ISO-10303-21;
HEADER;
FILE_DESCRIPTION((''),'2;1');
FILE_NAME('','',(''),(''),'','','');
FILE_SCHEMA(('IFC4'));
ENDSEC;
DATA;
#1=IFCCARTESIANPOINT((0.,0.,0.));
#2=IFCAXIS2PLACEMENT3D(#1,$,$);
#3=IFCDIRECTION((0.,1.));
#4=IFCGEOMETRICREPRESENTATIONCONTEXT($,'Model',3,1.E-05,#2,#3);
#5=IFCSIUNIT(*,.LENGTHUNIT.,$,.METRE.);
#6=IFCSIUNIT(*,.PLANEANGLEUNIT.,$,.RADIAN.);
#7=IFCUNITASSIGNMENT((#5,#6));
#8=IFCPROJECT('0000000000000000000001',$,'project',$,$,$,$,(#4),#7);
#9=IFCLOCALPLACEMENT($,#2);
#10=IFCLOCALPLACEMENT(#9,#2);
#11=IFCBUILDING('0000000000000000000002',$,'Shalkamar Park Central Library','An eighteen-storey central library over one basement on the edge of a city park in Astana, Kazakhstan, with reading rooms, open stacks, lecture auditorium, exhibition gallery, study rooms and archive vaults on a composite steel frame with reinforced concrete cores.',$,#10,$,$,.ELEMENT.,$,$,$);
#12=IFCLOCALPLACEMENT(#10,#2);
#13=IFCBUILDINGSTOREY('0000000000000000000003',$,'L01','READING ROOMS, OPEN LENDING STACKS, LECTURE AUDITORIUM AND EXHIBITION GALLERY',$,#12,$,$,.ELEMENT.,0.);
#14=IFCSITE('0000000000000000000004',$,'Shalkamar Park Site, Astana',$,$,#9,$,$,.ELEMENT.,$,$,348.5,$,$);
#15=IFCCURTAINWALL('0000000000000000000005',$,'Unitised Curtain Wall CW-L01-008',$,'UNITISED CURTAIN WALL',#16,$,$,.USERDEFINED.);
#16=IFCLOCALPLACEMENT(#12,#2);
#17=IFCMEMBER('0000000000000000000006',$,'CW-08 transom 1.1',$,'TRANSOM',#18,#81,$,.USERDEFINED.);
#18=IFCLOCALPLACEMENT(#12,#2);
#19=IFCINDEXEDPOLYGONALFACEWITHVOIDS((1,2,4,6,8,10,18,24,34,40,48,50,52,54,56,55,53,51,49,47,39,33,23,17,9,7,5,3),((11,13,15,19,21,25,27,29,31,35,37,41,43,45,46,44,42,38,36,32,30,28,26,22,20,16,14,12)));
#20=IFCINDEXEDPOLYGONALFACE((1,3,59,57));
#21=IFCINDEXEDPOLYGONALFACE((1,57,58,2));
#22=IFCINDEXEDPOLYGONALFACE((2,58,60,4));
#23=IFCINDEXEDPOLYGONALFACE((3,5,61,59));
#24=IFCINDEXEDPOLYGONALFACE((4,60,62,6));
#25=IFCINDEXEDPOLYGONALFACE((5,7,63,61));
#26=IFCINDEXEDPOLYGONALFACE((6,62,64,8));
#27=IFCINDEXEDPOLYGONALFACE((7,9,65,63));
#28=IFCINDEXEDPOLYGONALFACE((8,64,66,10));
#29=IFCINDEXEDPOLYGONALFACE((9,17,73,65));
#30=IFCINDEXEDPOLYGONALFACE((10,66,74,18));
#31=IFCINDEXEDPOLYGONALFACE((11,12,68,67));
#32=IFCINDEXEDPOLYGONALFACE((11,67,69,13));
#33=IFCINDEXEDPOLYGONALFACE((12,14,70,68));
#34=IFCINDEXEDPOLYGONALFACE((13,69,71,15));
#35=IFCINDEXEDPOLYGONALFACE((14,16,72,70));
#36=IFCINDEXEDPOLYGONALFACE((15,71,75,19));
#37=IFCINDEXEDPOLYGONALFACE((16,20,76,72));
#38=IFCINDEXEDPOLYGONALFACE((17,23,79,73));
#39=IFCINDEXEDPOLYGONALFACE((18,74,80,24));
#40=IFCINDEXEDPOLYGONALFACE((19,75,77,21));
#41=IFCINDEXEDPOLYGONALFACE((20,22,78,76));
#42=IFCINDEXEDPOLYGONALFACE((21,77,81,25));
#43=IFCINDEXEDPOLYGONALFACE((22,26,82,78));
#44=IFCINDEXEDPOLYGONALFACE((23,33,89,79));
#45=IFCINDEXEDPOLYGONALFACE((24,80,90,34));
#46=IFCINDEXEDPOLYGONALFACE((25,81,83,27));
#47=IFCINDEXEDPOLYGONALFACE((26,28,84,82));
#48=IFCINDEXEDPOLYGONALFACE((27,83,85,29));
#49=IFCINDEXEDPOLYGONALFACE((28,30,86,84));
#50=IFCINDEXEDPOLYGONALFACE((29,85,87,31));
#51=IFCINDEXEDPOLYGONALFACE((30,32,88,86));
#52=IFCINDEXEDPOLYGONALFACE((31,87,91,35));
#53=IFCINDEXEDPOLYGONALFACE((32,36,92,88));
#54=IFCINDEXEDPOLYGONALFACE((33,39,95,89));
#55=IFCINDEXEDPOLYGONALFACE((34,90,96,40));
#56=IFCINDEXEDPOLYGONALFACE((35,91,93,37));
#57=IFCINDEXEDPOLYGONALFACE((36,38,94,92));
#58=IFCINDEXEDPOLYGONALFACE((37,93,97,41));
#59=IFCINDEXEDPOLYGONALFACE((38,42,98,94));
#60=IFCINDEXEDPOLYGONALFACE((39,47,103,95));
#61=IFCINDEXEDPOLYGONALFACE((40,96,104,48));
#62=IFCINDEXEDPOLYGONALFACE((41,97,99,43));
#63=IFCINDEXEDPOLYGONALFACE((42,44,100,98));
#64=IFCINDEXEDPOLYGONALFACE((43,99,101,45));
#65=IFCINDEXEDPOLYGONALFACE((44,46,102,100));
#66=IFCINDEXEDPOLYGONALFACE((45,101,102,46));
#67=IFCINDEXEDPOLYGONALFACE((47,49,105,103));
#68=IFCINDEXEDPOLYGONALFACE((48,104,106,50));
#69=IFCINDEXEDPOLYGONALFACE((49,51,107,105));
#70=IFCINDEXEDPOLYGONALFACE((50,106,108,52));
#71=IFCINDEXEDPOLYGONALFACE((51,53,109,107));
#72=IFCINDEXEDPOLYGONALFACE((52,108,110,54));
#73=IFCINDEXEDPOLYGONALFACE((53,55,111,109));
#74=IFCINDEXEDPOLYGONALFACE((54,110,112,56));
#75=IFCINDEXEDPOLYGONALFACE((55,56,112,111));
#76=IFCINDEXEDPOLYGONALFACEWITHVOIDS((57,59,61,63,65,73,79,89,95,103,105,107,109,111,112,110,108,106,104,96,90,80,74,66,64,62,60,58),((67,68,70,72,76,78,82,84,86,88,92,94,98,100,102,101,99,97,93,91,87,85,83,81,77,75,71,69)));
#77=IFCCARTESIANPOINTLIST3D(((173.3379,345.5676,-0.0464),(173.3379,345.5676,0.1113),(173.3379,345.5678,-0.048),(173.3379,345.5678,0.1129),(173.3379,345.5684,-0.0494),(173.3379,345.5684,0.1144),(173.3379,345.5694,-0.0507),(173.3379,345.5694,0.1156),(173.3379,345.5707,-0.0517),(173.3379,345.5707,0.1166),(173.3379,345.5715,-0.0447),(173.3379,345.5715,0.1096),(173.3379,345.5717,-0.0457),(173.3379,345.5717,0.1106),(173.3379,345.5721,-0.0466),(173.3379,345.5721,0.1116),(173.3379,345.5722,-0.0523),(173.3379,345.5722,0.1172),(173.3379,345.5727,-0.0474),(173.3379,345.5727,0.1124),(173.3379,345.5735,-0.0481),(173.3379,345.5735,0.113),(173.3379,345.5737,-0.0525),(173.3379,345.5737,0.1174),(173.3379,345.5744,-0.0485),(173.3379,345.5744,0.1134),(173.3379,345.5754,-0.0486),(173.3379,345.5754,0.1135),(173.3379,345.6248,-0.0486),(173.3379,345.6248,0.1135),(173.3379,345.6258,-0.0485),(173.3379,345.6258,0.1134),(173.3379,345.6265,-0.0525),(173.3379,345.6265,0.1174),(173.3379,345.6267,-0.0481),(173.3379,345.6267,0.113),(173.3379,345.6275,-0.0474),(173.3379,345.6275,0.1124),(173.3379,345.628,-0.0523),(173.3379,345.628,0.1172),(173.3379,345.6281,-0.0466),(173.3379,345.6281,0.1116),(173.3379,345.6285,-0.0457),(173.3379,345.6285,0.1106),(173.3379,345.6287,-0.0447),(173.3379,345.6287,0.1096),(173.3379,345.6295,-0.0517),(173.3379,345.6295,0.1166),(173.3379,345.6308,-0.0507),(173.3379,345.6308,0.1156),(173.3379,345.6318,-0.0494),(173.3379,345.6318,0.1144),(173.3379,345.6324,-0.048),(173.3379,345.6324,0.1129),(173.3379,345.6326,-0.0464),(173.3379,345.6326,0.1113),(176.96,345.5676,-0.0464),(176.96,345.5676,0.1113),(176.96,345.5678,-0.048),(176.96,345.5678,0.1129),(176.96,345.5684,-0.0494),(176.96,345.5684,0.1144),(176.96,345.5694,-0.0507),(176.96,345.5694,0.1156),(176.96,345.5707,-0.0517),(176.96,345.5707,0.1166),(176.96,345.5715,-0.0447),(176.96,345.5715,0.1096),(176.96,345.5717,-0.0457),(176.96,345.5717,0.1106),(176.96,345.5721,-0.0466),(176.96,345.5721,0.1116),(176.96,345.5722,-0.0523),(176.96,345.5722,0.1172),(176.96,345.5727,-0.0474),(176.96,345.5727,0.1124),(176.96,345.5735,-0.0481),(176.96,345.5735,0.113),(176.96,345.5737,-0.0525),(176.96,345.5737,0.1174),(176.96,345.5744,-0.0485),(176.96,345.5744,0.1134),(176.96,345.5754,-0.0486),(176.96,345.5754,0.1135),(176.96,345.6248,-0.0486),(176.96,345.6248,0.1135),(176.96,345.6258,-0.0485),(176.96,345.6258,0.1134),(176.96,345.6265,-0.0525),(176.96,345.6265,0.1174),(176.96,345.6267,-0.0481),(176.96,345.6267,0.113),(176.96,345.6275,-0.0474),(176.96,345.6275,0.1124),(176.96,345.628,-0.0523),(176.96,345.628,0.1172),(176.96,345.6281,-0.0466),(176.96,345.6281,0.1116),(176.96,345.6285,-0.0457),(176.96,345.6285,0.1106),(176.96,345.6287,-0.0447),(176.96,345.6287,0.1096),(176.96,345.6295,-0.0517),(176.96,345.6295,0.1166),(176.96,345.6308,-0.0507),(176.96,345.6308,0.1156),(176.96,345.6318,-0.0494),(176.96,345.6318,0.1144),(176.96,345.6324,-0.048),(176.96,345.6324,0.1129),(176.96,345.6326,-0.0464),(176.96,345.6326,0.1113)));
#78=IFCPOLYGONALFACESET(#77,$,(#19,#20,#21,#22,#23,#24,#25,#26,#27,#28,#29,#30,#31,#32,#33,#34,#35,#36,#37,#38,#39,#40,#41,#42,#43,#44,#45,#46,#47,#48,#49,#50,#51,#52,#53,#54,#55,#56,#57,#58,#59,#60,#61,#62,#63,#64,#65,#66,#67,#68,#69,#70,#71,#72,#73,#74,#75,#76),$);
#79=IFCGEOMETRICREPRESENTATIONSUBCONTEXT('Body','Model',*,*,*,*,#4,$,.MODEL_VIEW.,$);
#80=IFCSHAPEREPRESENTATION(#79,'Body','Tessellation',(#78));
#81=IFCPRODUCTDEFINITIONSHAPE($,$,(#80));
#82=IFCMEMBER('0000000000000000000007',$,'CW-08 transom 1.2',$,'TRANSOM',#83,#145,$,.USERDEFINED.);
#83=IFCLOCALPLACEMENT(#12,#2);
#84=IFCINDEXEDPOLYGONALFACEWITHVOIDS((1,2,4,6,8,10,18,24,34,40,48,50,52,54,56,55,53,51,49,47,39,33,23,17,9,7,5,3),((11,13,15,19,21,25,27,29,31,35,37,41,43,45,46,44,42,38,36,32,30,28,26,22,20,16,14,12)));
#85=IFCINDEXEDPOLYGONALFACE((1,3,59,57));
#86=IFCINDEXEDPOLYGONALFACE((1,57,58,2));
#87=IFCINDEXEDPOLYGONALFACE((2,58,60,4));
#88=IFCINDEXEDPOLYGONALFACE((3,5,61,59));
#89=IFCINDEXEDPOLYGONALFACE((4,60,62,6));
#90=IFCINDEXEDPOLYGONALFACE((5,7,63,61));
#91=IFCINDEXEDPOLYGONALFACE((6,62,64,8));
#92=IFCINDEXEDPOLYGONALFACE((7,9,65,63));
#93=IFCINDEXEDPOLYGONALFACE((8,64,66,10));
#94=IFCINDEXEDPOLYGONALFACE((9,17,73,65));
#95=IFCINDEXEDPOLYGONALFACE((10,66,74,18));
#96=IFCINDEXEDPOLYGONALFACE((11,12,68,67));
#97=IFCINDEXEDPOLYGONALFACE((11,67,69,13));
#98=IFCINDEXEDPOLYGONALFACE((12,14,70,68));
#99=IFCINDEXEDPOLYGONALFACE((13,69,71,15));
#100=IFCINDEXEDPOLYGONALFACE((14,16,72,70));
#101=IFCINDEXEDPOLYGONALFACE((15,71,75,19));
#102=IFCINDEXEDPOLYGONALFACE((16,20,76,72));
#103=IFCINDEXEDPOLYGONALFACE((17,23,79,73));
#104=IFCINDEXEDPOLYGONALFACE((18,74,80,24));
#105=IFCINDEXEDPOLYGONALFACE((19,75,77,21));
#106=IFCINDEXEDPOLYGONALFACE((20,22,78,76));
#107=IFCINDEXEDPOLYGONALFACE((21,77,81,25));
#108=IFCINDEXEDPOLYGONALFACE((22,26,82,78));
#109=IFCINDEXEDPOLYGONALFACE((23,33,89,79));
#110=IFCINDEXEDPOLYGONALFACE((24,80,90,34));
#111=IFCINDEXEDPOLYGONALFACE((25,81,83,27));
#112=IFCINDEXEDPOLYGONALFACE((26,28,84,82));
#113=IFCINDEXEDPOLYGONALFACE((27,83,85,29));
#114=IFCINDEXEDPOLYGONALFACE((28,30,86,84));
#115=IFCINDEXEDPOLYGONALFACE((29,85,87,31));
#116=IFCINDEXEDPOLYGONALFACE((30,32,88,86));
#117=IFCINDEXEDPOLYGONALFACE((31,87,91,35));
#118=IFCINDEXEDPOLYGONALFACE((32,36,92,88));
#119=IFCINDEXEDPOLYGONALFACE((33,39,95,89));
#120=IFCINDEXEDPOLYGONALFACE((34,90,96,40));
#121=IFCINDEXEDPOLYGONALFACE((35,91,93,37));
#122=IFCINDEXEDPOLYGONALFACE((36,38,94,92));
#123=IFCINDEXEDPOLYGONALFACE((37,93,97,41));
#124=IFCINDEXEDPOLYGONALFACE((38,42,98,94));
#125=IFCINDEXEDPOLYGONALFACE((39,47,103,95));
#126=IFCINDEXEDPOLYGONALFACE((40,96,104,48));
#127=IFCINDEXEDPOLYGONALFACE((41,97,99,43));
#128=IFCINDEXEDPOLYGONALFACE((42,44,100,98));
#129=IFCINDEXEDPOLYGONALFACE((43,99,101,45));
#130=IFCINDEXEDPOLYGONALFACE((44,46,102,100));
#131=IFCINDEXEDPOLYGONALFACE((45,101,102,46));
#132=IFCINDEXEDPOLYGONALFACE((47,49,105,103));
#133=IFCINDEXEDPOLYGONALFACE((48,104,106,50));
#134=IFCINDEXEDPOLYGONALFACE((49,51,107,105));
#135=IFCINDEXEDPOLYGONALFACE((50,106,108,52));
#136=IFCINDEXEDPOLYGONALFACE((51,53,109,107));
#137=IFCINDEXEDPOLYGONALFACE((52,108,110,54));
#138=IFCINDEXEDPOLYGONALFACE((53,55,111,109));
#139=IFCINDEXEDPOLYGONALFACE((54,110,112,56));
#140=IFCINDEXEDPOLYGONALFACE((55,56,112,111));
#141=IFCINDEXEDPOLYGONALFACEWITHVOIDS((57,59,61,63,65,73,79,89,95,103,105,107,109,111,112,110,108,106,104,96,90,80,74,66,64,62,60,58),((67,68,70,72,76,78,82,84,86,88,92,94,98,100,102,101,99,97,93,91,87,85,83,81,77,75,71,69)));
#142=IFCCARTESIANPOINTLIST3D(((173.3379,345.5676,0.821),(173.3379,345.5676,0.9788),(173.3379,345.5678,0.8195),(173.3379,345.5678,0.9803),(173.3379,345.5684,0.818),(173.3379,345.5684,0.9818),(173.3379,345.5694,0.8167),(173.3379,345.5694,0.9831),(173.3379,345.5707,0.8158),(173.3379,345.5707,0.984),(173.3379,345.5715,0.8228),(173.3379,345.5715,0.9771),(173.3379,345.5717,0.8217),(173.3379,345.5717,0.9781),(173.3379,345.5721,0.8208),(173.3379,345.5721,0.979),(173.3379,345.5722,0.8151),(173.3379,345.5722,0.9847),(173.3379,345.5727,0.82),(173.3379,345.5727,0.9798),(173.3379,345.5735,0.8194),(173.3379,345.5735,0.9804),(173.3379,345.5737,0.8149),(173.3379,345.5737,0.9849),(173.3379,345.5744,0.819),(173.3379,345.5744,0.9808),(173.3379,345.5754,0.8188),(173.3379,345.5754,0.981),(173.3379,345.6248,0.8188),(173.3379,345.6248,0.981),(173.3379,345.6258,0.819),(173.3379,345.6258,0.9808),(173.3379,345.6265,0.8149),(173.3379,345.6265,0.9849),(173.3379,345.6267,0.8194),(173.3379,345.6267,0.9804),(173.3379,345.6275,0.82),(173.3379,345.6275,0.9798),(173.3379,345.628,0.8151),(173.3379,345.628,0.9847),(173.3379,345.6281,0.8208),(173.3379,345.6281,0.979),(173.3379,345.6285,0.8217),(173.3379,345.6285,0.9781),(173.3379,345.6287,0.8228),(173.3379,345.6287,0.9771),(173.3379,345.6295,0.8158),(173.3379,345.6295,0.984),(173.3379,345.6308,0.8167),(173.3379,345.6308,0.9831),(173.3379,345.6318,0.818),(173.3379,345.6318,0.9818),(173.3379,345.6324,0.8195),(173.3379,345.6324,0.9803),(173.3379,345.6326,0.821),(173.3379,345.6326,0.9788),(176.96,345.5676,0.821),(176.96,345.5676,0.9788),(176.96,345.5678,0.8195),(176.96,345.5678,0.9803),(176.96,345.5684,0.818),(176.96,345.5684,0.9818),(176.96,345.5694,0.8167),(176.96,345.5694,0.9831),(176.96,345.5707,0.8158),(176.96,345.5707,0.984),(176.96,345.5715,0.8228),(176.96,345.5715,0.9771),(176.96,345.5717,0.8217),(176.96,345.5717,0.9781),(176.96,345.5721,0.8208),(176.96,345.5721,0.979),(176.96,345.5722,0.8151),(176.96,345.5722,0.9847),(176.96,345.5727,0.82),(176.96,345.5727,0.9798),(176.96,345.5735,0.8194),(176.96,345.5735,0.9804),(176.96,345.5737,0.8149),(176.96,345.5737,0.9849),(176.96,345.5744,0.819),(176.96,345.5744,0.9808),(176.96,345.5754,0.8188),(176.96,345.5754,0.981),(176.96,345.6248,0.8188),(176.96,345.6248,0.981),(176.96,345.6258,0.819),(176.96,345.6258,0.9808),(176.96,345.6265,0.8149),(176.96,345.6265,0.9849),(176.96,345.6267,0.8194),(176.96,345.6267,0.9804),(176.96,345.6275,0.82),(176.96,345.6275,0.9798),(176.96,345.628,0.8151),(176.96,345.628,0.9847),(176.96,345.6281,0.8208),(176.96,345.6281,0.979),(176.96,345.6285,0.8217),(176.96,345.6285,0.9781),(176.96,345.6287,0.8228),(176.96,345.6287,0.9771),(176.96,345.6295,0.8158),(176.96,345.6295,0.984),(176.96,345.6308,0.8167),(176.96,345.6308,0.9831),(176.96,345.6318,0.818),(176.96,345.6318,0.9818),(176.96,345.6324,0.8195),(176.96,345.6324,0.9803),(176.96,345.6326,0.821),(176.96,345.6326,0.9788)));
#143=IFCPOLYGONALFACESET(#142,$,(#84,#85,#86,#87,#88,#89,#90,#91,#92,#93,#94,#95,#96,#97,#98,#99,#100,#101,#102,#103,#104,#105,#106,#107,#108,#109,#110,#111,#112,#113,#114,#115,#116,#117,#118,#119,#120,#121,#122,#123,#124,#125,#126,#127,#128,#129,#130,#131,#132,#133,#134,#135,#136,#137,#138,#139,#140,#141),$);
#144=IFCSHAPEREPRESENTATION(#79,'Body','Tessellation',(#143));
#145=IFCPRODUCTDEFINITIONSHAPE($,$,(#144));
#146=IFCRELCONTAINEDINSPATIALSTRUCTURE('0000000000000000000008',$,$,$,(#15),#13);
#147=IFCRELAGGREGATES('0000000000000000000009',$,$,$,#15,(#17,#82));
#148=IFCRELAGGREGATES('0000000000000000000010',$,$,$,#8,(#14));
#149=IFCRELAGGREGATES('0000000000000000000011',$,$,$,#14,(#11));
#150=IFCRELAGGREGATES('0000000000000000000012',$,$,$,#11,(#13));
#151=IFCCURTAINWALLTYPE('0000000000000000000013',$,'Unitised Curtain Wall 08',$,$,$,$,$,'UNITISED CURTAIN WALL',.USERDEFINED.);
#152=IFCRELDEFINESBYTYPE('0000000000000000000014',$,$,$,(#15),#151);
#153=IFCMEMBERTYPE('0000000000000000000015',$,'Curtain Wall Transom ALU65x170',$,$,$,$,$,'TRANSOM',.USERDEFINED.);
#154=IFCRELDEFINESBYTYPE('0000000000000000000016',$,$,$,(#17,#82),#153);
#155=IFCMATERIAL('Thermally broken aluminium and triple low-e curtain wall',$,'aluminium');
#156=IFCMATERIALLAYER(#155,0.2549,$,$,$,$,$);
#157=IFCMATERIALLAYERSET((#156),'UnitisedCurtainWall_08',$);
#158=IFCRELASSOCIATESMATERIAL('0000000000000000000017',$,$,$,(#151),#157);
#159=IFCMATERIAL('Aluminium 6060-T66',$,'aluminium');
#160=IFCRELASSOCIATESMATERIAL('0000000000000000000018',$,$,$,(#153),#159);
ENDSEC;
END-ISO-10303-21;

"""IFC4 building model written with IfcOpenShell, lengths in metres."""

from ifc_helpers import new_model, si_unit, direction, frame, origin, origin_2d, place, context, subcontext, project, spatial, hollow_rectangle, extrude, material, layer, layer_set, material_profile, profile_set, type_object, element, aggregate, save


model = new_model("IFC4")

# Units and contexts
model_context = context("Model", 3, precision=1e-05, world=origin(), true_north=direction((0.0, 1.0)))
body_context = subcontext(model_context, "Body", "Model", "MODEL_VIEW")
ifc_project = project(units=[si_unit("LENGTHUNIT", "METRE"), si_unit("PLANEANGLEUNIT", "RADIAN")], contexts=[model_context])

# Site, building, storey
site_placement = place(None, origin())
site = spatial("IfcSite", under=ifc_project, at=site_placement, Name="Shalkamar Park Site, Astana", CompositionType="ELEMENT", RefElevation=348.5)
building_placement = place(site_placement, origin())
building = spatial("IfcBuilding", under=site, at=building_placement, Name="Shalkamar Park Central Library", Description="An eighteen-storey central library over one basement on the edge of a city park in Astana, Kazakhstan, with reading rooms, open stacks, lecture auditorium, exhibition gallery, study rooms and archive vaults on a composite steel frame with reinforced concrete cores.", CompositionType="ELEMENT")
storey_placement = place(building_placement, origin())
storey = spatial("IfcBuildingStorey", under=building, at=storey_placement, Name="L01", Description="READING ROOMS, OPEN LENDING STACKS, LECTURE AUDITORIUM AND EXHIBITION GALLERY", CompositionType="ELEMENT", Elevation=0.0)

# Curtain wall
ifc_material_1 = material(Name="Thermally broken aluminium and triple low-e curtain wall", Category="aluminium")
ifc_material_2 = material(Name="Aluminium 6060-T66", Category="aluminium")
ifc_layer_1 = layer(ifc_material_1, 0.2549)
ifc_layer_set_1 = layer_set([ifc_layer_1], Name="UnitisedCurtainWall_08")
curtain_wall_type_1 = type_object("IfcCurtainWallType", Name="Unitised Curtain Wall 08", ElementType="UNITISED CURTAIN WALL", PredefinedType="USERDEFINED", material=ifc_layer_set_1)
curtain_wall_1_placement = place(storey_placement, origin())
curtain_wall_1 = element("IfcCurtainWall", 1, at=curtain_wall_1_placement, inside=storey, type_object=curtain_wall_type_1, Name="Unitised Curtain Wall CW-L01-008", ObjectType="UNITISED CURTAIN WALL", PredefinedType="USERDEFINED")

# Members
ifc_material_profile_1 = material_profile(ifc_material_2, hollow_rectangle(XDim=0.0649, YDim=0.1699, WallThickness=0.0039, InnerFilletRadius=0.0039, OuterFilletRadius=0.0061, at=origin_2d()), Name="ALU 65x170x4")
ifc_profile_set_1 = profile_set([ifc_material_profile_1], Name="Aluminium 6060-T66")
member_type_1 = type_object("IfcMemberType", Name="Curtain Wall Transom ALU65x170", ElementType="TRANSOM", PredefinedType="USERDEFINED", material=ifc_profile_set_1)
member_1_placement = place(storey_placement, frame((173.3379, 345.6001, 0.0325), z_axis=(1.0, 0.0, 0.0), x_axis=(0.0, 1.0, 0.0)))
member_1 = element("IfcMember", 2, at=member_1_placement, type_object=member_type_1, Name="CW-08 transom 1.1", ObjectType="TRANSOM", PredefinedType="USERDEFINED", context=body_context, shape_type="SweptSolid", body=[
    extrude(hollow_rectangle(XDim=0.0649, YDim=0.1699, WallThickness=0.0039, InnerFilletRadius=0.0039, OuterFilletRadius=0.0061, at=origin_2d()), origin(), (0.0, 0.0, 1.0), 3.6221),
])
member_2_placement = place(storey_placement, frame((173.3379, 345.6001, 0.8999), z_axis=(1.0, 0.0, 0.0), x_axis=(0.0, 1.0, 0.0)))
member_2 = element("IfcMember", 3, at=member_2_placement, type_object=member_type_1, Name="CW-08 transom 1.2", ObjectType="TRANSOM", PredefinedType="USERDEFINED", context=body_context, shape_type="SweptSolid", body=[
    extrude(hollow_rectangle(XDim=0.0649, YDim=0.1699, WallThickness=0.0039, InnerFilletRadius=0.0039, OuterFilletRadius=0.0061, at=origin_2d()), origin(), (0.0, 0.0, 1.0), 3.6221),
])

aggregate(curtain_wall_1, [member_1, member_2])

save(model, "model.ifc")
